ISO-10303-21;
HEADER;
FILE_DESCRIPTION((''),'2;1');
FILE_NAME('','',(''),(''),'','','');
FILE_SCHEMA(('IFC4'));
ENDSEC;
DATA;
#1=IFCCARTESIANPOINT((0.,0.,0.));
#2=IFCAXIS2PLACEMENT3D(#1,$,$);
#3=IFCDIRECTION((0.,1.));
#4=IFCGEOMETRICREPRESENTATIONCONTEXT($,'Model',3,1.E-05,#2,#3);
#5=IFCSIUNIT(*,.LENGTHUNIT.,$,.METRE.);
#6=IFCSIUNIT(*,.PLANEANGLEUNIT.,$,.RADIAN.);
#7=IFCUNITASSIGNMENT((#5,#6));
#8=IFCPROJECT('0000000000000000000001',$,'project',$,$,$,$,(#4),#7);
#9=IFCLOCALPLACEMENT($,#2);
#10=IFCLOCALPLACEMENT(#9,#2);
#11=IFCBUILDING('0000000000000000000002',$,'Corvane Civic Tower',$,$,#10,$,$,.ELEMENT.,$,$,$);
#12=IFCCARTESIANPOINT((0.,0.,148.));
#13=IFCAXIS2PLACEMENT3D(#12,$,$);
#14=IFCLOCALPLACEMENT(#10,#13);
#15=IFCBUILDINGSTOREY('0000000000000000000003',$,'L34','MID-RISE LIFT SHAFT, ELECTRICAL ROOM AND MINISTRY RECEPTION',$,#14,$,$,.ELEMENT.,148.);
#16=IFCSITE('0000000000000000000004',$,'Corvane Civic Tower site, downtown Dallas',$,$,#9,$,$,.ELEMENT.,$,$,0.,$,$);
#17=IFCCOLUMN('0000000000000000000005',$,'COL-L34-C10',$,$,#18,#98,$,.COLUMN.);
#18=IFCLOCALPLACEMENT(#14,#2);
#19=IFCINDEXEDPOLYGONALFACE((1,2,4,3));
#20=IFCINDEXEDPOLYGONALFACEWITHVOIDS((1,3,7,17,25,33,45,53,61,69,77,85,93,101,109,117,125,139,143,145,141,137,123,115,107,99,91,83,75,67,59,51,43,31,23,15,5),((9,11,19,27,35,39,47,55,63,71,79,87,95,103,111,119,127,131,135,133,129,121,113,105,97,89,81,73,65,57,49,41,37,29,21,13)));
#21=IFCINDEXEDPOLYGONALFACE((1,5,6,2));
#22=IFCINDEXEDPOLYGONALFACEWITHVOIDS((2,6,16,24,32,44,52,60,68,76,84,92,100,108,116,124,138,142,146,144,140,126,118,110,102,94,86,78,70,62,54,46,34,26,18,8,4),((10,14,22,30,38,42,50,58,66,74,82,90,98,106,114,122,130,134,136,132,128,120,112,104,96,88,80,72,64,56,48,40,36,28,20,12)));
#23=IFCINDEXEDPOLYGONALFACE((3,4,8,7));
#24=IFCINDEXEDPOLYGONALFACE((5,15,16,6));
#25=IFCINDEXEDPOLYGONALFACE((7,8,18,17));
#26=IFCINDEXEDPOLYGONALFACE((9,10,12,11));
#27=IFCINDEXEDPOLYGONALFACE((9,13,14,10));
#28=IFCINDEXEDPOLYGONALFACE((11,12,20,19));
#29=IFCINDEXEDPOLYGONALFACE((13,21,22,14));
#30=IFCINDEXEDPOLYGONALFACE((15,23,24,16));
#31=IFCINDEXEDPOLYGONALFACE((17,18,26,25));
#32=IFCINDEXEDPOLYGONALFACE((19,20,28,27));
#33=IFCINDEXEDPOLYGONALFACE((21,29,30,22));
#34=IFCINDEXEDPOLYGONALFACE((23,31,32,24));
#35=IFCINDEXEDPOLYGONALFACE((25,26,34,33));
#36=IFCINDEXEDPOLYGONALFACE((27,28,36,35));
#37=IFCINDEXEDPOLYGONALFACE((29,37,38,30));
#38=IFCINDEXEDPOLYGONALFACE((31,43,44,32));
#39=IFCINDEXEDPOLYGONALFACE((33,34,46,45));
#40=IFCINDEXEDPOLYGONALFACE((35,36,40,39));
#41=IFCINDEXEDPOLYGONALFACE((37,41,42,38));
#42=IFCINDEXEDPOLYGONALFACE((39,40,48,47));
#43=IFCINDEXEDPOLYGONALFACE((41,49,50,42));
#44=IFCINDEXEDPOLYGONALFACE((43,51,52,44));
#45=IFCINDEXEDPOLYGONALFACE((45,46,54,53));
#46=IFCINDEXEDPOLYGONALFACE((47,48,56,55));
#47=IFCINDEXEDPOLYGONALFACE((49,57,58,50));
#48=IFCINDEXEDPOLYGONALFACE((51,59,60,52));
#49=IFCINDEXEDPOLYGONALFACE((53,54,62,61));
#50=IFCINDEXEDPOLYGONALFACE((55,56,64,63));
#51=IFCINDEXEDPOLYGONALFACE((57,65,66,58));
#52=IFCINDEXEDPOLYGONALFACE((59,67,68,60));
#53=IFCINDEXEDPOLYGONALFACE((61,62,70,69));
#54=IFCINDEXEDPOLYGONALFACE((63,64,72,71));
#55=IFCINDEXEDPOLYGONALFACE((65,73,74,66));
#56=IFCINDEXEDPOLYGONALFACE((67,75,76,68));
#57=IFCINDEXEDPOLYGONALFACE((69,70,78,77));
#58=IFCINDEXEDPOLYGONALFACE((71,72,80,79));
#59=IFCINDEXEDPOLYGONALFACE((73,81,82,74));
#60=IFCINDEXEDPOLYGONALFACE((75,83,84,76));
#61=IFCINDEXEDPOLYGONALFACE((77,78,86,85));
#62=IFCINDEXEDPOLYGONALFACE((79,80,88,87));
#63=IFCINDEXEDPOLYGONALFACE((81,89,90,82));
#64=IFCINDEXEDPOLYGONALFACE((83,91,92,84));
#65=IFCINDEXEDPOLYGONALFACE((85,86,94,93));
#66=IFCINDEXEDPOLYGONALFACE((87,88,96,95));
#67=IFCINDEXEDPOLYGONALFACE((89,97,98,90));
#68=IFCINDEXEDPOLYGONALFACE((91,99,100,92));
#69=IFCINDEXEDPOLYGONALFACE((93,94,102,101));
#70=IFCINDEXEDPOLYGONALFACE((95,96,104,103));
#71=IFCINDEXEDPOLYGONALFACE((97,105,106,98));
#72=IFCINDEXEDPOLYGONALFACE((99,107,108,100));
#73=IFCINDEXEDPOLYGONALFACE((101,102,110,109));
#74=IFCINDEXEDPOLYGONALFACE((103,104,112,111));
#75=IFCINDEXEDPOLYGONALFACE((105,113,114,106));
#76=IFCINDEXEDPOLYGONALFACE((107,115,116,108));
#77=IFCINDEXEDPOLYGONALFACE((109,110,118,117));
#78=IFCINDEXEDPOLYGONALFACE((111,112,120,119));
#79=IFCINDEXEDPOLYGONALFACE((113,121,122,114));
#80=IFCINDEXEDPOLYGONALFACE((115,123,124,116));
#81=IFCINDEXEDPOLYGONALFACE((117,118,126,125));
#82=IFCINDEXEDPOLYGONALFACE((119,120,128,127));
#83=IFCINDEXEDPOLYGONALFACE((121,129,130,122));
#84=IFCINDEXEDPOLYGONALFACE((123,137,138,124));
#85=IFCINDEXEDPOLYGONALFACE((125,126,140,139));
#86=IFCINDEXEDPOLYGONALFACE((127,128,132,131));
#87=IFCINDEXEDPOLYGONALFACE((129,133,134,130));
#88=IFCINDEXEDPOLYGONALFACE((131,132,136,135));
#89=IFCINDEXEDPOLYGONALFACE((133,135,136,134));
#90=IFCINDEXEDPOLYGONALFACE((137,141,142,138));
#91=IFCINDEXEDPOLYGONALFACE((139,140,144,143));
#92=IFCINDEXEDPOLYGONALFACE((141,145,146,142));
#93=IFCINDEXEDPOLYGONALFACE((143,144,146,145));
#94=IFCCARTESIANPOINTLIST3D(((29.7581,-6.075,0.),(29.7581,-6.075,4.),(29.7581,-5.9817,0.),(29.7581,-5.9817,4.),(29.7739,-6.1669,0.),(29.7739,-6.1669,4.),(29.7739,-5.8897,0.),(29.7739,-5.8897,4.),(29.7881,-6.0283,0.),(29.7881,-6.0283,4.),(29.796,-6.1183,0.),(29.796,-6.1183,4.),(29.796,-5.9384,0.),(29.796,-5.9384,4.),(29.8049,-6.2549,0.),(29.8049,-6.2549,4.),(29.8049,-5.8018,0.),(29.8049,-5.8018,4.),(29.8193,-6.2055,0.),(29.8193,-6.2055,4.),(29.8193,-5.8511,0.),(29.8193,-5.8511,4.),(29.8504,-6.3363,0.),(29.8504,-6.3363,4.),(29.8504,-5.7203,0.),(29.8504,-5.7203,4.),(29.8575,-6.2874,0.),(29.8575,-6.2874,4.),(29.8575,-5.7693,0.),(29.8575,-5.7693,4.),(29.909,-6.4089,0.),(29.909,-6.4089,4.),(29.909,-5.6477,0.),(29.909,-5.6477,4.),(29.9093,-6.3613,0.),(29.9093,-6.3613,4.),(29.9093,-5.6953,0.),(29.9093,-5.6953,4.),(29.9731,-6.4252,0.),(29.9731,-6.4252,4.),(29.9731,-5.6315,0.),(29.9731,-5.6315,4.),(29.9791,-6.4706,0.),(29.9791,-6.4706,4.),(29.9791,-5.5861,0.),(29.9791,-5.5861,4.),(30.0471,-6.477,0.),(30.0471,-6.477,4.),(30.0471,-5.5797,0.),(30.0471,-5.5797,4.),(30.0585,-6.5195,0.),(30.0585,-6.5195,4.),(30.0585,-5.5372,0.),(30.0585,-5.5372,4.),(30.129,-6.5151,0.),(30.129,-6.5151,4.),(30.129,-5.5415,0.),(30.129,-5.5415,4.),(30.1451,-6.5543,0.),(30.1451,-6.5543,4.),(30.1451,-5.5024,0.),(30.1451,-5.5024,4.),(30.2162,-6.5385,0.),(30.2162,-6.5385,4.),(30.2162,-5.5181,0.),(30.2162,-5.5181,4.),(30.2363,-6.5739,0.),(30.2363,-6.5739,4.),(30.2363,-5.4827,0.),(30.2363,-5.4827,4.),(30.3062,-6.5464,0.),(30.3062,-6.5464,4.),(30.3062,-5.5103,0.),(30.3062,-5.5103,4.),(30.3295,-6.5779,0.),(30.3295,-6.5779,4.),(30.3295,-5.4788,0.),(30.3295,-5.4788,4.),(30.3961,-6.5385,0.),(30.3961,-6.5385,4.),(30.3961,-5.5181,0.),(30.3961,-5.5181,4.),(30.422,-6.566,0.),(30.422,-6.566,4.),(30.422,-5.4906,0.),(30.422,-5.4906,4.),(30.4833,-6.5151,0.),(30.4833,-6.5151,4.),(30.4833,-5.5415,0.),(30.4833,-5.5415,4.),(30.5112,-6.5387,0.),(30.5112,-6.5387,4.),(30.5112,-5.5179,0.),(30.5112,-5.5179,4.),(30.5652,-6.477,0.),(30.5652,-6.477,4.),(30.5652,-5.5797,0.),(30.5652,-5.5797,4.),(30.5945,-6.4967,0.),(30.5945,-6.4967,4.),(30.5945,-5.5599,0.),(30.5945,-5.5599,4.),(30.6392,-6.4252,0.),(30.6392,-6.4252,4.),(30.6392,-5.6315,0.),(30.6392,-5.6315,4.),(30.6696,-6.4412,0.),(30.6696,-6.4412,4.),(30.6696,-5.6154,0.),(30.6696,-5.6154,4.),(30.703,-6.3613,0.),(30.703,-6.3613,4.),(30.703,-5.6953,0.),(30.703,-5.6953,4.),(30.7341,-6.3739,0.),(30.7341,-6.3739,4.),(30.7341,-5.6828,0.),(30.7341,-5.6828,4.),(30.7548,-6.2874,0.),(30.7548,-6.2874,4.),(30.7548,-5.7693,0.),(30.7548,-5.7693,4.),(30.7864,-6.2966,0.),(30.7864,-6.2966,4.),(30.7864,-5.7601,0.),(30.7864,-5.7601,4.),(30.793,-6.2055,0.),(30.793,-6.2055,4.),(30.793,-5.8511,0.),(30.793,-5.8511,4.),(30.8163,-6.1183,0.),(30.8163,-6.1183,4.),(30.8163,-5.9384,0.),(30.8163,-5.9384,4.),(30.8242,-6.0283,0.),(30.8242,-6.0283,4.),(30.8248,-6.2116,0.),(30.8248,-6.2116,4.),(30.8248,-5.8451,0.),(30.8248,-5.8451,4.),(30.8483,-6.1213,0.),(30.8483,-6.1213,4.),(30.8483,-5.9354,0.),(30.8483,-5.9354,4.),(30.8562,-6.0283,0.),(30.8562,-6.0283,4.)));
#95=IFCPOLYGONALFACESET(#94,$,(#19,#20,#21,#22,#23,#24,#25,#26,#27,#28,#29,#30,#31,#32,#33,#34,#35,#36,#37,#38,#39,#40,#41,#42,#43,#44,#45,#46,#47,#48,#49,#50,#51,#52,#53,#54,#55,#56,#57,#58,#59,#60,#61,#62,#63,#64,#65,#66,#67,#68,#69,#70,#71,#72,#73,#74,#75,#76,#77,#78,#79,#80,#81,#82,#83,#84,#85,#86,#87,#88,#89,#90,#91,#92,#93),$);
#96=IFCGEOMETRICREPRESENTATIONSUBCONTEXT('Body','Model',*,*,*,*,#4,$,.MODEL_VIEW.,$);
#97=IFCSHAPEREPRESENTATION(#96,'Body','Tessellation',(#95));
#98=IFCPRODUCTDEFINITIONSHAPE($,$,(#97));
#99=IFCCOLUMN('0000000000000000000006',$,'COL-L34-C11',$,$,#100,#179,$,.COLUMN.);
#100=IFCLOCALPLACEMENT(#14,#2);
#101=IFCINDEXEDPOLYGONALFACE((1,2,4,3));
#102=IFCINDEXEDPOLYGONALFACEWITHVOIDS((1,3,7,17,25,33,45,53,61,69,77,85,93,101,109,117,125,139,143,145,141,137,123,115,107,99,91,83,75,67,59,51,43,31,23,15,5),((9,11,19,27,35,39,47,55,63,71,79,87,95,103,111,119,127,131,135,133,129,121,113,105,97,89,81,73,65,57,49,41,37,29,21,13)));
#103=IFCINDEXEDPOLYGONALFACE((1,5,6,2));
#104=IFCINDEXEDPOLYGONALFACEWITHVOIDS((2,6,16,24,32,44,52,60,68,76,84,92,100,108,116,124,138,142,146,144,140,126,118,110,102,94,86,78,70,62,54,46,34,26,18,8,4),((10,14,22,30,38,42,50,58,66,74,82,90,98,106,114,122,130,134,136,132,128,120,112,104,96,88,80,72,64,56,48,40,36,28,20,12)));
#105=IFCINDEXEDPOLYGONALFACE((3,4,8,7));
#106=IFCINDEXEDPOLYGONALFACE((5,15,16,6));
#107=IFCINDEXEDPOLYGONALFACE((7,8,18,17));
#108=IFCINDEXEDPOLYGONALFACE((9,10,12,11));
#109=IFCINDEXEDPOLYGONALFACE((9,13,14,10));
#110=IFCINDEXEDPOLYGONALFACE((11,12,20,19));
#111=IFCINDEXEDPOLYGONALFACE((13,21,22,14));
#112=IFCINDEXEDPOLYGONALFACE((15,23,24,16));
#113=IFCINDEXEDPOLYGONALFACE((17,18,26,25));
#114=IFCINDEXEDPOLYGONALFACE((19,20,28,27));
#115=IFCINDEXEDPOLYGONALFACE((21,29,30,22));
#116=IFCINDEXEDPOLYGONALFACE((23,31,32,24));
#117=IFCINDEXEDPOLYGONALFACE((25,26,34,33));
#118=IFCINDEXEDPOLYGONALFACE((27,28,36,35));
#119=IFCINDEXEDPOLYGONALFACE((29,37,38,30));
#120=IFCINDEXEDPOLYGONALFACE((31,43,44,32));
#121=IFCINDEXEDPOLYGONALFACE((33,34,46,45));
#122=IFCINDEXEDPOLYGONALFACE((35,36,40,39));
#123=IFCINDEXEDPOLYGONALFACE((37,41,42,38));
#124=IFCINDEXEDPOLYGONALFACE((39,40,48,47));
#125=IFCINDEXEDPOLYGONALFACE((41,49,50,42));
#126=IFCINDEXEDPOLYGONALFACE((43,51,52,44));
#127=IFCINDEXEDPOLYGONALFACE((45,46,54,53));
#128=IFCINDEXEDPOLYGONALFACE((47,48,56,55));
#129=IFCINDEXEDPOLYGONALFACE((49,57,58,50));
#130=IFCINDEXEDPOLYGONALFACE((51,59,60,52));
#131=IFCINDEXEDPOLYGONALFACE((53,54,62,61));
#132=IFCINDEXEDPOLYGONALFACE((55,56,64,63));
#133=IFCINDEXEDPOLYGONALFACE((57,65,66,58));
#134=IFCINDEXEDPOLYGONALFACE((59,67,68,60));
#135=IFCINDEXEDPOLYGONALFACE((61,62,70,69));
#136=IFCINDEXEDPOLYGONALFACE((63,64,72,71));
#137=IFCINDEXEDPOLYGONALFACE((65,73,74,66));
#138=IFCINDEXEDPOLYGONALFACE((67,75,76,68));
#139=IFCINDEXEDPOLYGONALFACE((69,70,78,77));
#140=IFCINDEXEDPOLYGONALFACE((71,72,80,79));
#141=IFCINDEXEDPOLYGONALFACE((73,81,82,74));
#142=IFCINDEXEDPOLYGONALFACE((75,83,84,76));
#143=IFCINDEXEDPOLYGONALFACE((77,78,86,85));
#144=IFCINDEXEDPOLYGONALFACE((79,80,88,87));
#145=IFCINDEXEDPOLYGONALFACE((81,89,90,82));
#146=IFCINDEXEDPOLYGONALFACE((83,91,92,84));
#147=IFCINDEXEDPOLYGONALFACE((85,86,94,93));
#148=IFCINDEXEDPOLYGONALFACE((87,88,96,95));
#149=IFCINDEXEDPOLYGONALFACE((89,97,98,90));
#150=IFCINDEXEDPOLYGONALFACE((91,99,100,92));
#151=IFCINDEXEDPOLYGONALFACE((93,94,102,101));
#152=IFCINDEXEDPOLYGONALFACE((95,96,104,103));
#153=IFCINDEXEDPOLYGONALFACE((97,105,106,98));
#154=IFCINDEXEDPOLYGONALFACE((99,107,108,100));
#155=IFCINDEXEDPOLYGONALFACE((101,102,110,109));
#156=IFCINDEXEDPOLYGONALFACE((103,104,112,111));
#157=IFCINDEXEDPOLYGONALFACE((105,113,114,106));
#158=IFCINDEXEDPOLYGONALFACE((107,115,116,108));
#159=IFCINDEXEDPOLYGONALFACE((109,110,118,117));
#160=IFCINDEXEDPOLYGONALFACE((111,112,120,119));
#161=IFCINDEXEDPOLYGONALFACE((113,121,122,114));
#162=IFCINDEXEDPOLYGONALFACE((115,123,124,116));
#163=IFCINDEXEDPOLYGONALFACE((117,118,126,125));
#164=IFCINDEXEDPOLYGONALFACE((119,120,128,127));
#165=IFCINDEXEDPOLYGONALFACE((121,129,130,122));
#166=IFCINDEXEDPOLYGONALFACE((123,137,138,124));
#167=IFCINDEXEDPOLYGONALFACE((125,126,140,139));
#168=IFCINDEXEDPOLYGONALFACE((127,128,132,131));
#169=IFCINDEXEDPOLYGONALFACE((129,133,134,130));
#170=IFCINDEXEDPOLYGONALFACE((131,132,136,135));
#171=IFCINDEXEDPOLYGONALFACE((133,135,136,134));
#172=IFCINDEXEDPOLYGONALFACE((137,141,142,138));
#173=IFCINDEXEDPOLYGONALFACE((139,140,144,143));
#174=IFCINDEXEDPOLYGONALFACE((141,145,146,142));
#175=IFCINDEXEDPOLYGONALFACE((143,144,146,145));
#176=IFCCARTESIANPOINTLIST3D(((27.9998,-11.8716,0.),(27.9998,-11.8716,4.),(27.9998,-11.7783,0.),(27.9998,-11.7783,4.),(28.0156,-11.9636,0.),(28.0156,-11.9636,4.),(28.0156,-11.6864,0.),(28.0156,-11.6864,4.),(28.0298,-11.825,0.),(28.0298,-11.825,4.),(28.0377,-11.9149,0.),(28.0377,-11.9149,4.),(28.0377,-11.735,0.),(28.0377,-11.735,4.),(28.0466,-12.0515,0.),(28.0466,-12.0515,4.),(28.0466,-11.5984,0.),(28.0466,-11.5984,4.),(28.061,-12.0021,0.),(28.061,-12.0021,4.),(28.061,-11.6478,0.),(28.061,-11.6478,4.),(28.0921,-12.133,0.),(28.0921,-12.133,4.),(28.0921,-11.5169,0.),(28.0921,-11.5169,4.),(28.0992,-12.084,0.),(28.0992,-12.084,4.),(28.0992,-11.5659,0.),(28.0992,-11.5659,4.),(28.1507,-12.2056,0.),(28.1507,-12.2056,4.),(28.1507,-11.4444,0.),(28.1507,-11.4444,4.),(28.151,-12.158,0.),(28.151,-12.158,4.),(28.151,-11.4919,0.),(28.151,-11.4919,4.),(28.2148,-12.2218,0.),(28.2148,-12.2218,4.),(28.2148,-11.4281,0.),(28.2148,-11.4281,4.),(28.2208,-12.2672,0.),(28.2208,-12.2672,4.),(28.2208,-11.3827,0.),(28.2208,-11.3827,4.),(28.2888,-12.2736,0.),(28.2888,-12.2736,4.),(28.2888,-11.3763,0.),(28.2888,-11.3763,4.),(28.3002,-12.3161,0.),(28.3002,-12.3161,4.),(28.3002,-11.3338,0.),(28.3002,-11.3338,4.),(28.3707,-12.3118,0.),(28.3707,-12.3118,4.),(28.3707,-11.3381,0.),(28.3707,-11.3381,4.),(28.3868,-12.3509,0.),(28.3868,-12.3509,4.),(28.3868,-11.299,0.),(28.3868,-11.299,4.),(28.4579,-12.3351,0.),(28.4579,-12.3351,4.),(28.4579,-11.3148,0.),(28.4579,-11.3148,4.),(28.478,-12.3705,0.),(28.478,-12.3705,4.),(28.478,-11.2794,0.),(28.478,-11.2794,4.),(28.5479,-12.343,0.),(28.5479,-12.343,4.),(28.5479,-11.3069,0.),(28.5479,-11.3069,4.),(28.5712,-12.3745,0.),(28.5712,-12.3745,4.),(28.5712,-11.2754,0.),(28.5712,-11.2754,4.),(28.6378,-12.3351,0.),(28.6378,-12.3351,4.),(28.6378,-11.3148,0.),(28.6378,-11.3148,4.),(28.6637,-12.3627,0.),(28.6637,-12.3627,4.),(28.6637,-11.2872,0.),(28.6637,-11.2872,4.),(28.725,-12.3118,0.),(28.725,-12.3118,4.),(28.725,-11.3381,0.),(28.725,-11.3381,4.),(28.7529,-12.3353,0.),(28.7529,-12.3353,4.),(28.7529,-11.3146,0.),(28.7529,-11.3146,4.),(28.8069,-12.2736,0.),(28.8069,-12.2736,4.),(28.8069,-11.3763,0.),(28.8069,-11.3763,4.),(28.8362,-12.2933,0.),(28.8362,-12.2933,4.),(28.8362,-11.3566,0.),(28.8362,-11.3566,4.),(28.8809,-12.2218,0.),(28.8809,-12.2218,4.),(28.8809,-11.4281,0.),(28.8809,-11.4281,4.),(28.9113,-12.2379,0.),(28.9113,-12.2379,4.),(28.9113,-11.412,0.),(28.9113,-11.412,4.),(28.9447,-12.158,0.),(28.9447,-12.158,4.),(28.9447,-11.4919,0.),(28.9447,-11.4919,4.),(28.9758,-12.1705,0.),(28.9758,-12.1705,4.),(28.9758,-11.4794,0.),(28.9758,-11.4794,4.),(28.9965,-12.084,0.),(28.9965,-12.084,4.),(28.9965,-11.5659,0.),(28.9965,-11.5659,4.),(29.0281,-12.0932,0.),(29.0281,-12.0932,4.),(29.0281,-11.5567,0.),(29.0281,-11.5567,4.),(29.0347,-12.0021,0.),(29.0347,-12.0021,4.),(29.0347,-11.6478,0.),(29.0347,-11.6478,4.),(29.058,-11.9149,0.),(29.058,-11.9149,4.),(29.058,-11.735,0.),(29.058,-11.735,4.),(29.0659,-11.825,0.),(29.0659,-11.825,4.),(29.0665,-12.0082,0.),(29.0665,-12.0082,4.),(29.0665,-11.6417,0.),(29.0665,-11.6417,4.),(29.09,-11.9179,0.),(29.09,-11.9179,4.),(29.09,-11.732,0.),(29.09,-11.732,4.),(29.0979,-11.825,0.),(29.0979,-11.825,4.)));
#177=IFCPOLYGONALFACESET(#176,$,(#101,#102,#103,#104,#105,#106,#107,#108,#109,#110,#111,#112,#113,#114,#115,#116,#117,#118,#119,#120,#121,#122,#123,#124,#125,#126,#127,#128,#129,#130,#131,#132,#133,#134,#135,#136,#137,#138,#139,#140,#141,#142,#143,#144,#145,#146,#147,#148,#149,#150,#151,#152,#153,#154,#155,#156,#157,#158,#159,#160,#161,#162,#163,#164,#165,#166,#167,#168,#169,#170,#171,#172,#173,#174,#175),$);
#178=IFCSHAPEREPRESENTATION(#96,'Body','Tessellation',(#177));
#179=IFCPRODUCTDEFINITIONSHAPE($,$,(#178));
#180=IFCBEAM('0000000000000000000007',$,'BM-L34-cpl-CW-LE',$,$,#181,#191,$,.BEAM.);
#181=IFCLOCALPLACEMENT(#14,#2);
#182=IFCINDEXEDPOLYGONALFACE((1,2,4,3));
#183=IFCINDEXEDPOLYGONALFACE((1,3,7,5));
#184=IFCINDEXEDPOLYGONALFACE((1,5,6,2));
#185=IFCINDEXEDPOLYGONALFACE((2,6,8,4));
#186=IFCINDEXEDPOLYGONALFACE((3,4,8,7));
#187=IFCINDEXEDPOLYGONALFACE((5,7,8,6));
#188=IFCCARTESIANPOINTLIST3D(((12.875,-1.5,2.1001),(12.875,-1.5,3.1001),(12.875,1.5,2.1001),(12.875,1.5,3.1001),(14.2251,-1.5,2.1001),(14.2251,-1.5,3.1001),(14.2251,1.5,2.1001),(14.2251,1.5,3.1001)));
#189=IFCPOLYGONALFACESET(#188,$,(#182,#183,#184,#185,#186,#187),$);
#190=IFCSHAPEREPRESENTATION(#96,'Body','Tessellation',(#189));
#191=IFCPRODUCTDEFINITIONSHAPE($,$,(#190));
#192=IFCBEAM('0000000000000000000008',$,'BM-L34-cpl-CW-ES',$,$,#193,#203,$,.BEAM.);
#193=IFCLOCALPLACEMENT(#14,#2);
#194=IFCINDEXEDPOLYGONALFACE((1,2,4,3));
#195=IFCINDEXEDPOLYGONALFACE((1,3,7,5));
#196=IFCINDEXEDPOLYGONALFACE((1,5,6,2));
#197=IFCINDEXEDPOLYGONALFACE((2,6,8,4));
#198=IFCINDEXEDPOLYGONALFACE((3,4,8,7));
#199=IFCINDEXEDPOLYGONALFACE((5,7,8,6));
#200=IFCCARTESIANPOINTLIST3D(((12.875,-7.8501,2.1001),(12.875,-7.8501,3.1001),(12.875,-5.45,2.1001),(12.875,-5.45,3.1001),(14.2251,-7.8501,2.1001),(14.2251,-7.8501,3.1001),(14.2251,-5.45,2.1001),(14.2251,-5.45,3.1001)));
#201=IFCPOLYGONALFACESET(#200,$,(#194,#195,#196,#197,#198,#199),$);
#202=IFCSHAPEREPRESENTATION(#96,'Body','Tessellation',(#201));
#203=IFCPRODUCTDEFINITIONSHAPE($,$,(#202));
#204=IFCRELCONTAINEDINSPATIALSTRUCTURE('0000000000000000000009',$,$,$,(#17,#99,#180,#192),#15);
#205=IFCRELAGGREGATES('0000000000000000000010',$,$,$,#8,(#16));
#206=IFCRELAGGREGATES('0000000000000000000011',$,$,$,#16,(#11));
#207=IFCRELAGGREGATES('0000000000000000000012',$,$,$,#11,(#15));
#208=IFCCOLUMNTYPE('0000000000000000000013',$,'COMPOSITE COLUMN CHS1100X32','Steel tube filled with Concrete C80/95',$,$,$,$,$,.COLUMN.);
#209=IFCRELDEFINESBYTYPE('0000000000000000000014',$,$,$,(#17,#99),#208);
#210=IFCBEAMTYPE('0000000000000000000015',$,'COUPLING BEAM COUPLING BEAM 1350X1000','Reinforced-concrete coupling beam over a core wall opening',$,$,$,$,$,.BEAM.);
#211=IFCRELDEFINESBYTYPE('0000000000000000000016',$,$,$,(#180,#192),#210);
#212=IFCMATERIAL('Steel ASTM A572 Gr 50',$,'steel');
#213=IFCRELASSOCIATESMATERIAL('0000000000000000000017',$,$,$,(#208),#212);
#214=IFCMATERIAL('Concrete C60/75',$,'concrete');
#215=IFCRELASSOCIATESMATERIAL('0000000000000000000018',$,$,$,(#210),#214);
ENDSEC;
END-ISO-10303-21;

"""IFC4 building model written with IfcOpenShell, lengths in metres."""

from ifc_helpers import new_model, si_unit, direction, frame, origin, origin_2d, place, context, subcontext, project, spatial, rectangle, hollow_circle, extrude, material, material_profile, profile_set, type_object, element, save


model = new_model("IFC4")

# Units and contexts
model_context = context("Model", 3, precision=1e-05, world=origin(), true_north=direction((0.0, 1.0)))
body_context = subcontext(model_context, "Body", "Model", "MODEL_VIEW")
ifc_project = project(units=[si_unit("LENGTHUNIT", "METRE"), si_unit("PLANEANGLEUNIT", "RADIAN")], contexts=[model_context])

# Site, building, storey
site_placement = place(None, origin())
site = spatial("IfcSite", under=ifc_project, at=site_placement, Name="Corvane Civic Tower site, downtown Dallas", CompositionType="ELEMENT", RefElevation=0.0)
building_placement = place(site_placement, origin())
building = spatial("IfcBuilding", under=site, at=building_placement, Name="Corvane Civic Tower", CompositionType="ELEMENT")
storey_placement = place(building_placement, frame((0.0, 0.0, 148.0)))
storey = spatial("IfcBuildingStorey", under=building, at=storey_placement, Name="L34", Description="MID-RISE LIFT SHAFT, ELECTRICAL ROOM AND MINISTRY RECEPTION", CompositionType="ELEMENT", Elevation=148.0)

# Columns
ifc_material_1 = material(Name="Steel ASTM A572 Gr 50", Category="steel")
ifc_material_profile_1 = material_profile(ifc_material_1, hollow_circle(Radius=0.55, WallThickness=0.032, at=origin_2d()), Name="CHS1100X32")
ifc_profile_set_1 = profile_set([ifc_material_profile_1], Name="Steel ASTM A572 Gr 50")
column_type = type_object("IfcColumnType", Name="COMPOSITE COLUMN CHS1100X32", Description="Steel tube filled with Concrete C80/95", PredefinedType="COLUMN", material=ifc_profile_set_1)
for number, where, z_axis, x_axis, name in (
    (1, (30.3062, -6.0283, 0.0), (0.0, 0.0, 1.0), (1.0, 0.0, 0.0), "COL-L34-C10"),
    (2, (28.5479, -11.825, 0.0), (0.0, 0.0, 1.0), (1.0, 0.0, 0.0), "COL-L34-C11"),
):
    element("IfcColumn", number, at=place(storey_placement, frame(where, z_axis=z_axis, x_axis=x_axis)), inside=storey, type_object=column_type, Name=name, PredefinedType="COLUMN", context=body_context, shape_type="SweptSolid", body=[
        extrude(hollow_circle(Radius=0.55, WallThickness=0.032, at=origin_2d()), origin(), (0.0, 0.0, 1.0), 4.0),
    ])

# Beams
ifc_material_2 = material(Name="Concrete C60/75", Category="concrete")
ifc_material_profile_2 = material_profile(ifc_material_2, rectangle(XDim=1.3501, YDim=1.0, at=origin_2d()), Name="COUPLING BEAM 1350X1000")
ifc_profile_set_2 = profile_set([ifc_material_profile_2], Name="Concrete C60/75")
beam_type_1 = type_object("IfcBeamType", Name="COUPLING BEAM COUPLING BEAM 1350X1000", Description="Reinforced-concrete coupling beam over a core wall opening", PredefinedType="BEAM", material=ifc_profile_set_2)
beam_1_placement = place(storey_placement, frame((13.55, -1.5, 2.6001), z_axis=(0.0, 1.0, 0.0), x_axis=(-1.0, 0.0, 0.0)))
element("IfcBeam", 3, at=beam_1_placement, inside=storey, type_object=beam_type_1, Name="BM-L34-cpl-CW-LE", PredefinedType="BEAM", context=body_context, shape_type="SweptSolid", body=[
    extrude(rectangle(XDim=1.3501, YDim=1.0, at=origin_2d()), origin(), (0.0, 0.0, 1.0), 3.0),
])
beam_2_placement = place(storey_placement, frame((13.55, -7.8501, 2.6001), z_axis=(0.0, 1.0, 0.0), x_axis=(-1.0, 0.0, 0.0)))
element("IfcBeam", 4, at=beam_2_placement, inside=storey, type_object=beam_type_1, Name="BM-L34-cpl-CW-ES", PredefinedType="BEAM", context=body_context, shape_type="SweptSolid", body=[
    extrude(rectangle(XDim=1.3501, YDim=1.0, at=origin_2d()), origin(), (0.0, 0.0, 1.0), 2.4001),
])

save(model, "model.ifc")
